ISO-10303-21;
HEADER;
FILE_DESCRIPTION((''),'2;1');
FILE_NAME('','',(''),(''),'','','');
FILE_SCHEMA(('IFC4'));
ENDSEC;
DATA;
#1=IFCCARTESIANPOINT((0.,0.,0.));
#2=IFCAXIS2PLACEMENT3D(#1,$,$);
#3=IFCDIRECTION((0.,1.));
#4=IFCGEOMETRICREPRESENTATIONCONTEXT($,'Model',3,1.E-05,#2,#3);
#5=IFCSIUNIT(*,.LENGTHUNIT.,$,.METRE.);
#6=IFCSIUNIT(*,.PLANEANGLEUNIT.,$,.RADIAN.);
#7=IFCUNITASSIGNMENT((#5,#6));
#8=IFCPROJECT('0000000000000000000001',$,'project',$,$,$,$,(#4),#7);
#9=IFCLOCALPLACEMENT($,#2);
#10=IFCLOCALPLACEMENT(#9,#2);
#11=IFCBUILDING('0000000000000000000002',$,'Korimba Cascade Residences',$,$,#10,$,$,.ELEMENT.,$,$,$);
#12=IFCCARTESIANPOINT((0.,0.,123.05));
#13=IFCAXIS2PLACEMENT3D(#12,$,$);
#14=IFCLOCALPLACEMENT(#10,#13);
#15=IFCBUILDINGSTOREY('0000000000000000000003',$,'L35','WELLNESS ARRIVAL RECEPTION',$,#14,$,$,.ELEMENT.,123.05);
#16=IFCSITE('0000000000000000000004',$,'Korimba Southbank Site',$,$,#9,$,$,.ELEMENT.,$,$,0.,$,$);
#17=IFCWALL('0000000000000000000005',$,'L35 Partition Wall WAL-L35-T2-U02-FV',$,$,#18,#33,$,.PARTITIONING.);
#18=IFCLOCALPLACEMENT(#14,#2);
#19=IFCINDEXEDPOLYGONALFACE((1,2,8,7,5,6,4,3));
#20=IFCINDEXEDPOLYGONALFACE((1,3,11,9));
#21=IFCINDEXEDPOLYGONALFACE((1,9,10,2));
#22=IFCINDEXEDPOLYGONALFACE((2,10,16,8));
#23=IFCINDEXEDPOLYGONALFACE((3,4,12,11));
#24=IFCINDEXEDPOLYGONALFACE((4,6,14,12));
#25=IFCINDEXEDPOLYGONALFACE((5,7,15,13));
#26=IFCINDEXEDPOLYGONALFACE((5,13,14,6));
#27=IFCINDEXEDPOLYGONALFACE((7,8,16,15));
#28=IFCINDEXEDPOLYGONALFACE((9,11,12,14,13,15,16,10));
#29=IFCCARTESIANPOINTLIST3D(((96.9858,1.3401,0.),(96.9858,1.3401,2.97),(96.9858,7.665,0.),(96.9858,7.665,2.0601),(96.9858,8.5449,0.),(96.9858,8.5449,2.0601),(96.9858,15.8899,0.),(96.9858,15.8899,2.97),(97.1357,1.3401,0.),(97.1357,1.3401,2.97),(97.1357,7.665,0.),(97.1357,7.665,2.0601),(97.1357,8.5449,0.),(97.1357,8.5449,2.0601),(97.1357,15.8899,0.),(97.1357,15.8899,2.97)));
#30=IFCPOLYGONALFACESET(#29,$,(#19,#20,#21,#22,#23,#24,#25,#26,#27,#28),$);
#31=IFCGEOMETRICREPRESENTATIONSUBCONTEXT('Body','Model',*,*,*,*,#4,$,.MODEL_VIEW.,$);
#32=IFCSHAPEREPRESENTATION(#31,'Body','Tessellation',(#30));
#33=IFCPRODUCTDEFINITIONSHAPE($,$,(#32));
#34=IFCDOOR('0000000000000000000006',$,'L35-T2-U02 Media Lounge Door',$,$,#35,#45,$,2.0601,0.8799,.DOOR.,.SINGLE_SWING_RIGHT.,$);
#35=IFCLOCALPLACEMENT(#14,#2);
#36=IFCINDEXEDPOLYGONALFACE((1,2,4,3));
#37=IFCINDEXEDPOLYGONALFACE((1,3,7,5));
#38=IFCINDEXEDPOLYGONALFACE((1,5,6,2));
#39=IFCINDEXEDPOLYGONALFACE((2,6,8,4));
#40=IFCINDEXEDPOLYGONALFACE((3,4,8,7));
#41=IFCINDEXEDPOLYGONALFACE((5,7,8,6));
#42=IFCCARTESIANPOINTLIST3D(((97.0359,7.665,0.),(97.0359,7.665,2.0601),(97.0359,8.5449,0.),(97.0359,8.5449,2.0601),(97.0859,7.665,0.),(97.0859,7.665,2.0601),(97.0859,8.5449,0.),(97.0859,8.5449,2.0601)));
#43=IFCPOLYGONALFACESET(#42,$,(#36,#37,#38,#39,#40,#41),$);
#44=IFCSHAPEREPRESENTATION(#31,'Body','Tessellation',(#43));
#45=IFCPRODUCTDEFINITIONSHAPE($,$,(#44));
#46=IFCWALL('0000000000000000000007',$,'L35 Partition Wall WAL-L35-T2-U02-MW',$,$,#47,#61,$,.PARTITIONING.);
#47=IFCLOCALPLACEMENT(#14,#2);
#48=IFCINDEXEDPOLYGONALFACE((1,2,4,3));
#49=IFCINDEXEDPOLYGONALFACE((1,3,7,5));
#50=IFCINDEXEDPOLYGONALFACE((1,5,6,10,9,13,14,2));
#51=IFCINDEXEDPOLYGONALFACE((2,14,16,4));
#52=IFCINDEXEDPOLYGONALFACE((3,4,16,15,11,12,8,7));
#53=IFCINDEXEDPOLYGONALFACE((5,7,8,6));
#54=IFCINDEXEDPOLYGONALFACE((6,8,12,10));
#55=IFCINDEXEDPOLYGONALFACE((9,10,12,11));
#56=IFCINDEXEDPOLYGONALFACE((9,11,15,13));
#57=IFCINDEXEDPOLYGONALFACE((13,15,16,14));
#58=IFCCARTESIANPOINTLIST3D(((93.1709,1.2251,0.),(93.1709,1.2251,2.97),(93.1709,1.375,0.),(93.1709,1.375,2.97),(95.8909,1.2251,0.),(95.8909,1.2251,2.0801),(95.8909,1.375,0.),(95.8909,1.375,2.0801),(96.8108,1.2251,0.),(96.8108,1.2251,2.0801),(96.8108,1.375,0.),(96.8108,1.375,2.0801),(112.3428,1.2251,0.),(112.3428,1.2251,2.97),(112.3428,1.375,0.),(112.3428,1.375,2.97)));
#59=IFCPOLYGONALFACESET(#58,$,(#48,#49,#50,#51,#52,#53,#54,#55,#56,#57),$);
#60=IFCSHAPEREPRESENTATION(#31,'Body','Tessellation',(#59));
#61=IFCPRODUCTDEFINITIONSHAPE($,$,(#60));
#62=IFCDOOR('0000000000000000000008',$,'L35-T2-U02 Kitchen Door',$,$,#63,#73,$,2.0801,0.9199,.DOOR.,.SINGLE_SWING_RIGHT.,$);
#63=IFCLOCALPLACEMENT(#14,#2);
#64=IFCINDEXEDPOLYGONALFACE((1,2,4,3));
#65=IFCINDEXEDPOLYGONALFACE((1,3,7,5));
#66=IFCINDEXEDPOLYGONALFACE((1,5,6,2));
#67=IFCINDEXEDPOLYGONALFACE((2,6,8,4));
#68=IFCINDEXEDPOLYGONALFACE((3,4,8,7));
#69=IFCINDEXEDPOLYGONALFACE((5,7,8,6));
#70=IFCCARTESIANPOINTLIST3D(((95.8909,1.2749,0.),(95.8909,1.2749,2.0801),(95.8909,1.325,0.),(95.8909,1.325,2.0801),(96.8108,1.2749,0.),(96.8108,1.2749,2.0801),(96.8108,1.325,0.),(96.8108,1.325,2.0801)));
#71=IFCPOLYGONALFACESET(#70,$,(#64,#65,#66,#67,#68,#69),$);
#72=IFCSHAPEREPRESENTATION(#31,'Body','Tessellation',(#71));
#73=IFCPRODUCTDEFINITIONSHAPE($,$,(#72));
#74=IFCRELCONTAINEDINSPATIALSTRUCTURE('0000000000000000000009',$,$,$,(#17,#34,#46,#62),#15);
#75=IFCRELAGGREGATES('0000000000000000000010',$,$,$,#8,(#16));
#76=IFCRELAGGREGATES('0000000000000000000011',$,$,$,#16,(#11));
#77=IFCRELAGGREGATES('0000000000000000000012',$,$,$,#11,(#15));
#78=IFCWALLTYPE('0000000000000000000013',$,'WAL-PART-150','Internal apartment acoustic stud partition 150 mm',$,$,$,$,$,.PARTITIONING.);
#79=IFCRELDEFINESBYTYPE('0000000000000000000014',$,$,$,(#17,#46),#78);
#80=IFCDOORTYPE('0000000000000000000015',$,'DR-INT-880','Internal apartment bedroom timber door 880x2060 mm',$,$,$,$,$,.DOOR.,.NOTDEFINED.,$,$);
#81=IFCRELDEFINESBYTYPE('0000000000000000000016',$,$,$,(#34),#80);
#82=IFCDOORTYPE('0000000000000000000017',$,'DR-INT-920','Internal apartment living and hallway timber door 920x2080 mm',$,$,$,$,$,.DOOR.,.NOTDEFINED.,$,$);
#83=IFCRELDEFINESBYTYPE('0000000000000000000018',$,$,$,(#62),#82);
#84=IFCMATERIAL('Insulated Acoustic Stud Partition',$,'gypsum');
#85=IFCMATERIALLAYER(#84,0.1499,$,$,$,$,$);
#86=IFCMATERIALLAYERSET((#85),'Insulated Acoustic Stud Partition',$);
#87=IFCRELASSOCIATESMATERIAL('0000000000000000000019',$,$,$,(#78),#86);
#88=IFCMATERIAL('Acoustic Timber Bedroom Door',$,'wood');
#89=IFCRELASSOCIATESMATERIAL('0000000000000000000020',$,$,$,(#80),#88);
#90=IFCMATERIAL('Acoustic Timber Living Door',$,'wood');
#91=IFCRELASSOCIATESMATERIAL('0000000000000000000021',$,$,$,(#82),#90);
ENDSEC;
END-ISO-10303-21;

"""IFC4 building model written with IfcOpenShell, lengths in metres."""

from ifc_helpers import new_model, si_unit, direction, frame, frame_2d, origin, place, context, subcontext, project, spatial, rectangle, extrude, material, layer, layer_set, type_object, element, fill, save


model = new_model("IFC4")

# Units and contexts
model_context = context("Model", 3, precision=1e-05, world=origin(), true_north=direction((0.0, 1.0)))
body_context = subcontext(model_context, "Body", "Model", "MODEL_VIEW")
ifc_project = project(units=[si_unit("LENGTHUNIT", "METRE"), si_unit("PLANEANGLEUNIT", "RADIAN")], contexts=[model_context])

# Site, building, storey
site_placement = place(None, origin())
site = spatial("IfcSite", under=ifc_project, at=site_placement, Name="Korimba Southbank Site", CompositionType="ELEMENT", RefElevation=0.0)
building_placement = place(site_placement, origin())
building = spatial("IfcBuilding", under=site, at=building_placement, Name="Korimba Cascade Residences", CompositionType="ELEMENT")
storey_placement = place(building_placement, frame((0.0, 0.0, 123.05)))
storey = spatial("IfcBuildingStorey", under=building, at=storey_placement, Name="L35", Description="WELLNESS ARRIVAL RECEPTION", CompositionType="ELEMENT", Elevation=123.05)

# Shared definitions
ifc_material_1 = material(Name="Insulated Acoustic Stud Partition", Category="gypsum")
ifc_layer_1 = layer(ifc_material_1, 0.1499)
ifc_layer_set_1 = layer_set([ifc_layer_1], Name="Insulated Acoustic Stud Partition")
wall_type_1 = type_object("IfcWallType", Name="WAL-PART-150", Description="Internal apartment acoustic stud partition 150 mm", PredefinedType="PARTITIONING", material=ifc_layer_set_1)

# Walls, openings, doors
ifc_material_2 = material(Name="Acoustic Timber Bedroom Door", Category="wood")
door_type_1 = type_object("IfcDoorType", Name="DR-INT-880", Description="Internal apartment bedroom timber door 880x2060 mm", OperationType="NOTDEFINED", PredefinedType="DOOR", material=ifc_material_2)
wall_1_placement = place(storey_placement, frame((97.0608, 1.3401, 0.0), z_axis=(0.0, 0.0, 1.0), x_axis=(0.0, 1.0, 0.0)))
wall_1 = element("IfcWall", 1, at=wall_1_placement, inside=storey, type_object=wall_type_1, Name="L35 Partition Wall WAL-L35-T2-U02-FV", PredefinedType="PARTITIONING", context=body_context, shape_type="SweptSolid", body=[
    extrude(rectangle(XDim=14.5498, YDim=0.1499, at=frame_2d((7.2749, 0.0))), origin(), (0.0, 0.0, 1.0), 2.97),
])
opening_1_placement = place(wall_1_placement, frame((6.325, 0.0, 0.0)))
opening_1 = element("IfcOpeningElement", 2, at=opening_1_placement, cuts=wall_1, PredefinedType="OPENING", context=body_context, shape_type="SweptSolid", body=[
    extrude(rectangle(XDim=0.8799, YDim=2.0601, at=frame_2d((0.4399, 1.03))), frame((0.0, 0.085, 0.0), z_axis=(0.0, -1.0, 0.0), x_axis=(1.0, 0.0, 0.0)), (0.0, 0.0, 1.0), 0.1699),
])
door_1_placement = place(opening_1_placement, origin())
door_1 = element("IfcDoor", 3, at=door_1_placement, inside=storey, type_object=door_type_1, Name="L35-T2-U02 Media Lounge Door", OperationType="SINGLE_SWING_RIGHT", OverallHeight=2.0601, OverallWidth=0.8799, PredefinedType="DOOR", context=body_context, shape_type="SweptSolid", body=[
    extrude(rectangle(XDim=0.8799, YDim=2.0601, at=frame_2d((0.4399, 1.03))), frame((0.0, 0.0249, 0.0), z_axis=(0.0, -1.0, 0.0), x_axis=(1.0, 0.0, 0.0)), (0.0, 0.0, 1.0), 0.05),
])
fill(opening_1, door_1)
wall_2_placement = place(storey_placement, frame((93.1709, 1.3, 0.0), z_axis=(0.0, 0.0, 1.0), x_axis=(1.0, 0.0, 0.0)))
wall_2 = element("IfcWall", 4, at=wall_2_placement, inside=storey, type_object=wall_type_1, Name="L35 Partition Wall WAL-L35-T2-U02-MW", PredefinedType="PARTITIONING", context=body_context, shape_type="SweptSolid", body=[
    extrude(rectangle(XDim=19.1719, YDim=0.1499, at=frame_2d((9.5859, 0.0))), origin(), (0.0, 0.0, 1.0), 2.97),
])
opening_2_placement = place(wall_2_placement, frame((2.72, 0.0, 0.0)))
opening_2 = element("IfcOpeningElement", 5, at=opening_2_placement, cuts=wall_2, PredefinedType="OPENING", context=body_context, shape_type="SweptSolid", body=[
    extrude(rectangle(XDim=0.9199, YDim=2.0801, at=frame_2d((0.46, 1.04))), frame((0.0, 0.085, 0.0), z_axis=(0.0, -1.0, 0.0), x_axis=(1.0, 0.0, 0.0)), (0.0, 0.0, 1.0), 0.1699),
])
ifc_material_3 = material(Name="Acoustic Timber Living Door", Category="wood")
door_type_2 = type_object("IfcDoorType", Name="DR-INT-920", Description="Internal apartment living and hallway timber door 920x2080 mm", OperationType="NOTDEFINED", PredefinedType="DOOR", material=ifc_material_3)
door_2_placement = place(opening_2_placement, origin())
door_2 = element("IfcDoor", 6, at=door_2_placement, inside=storey, type_object=door_type_2, Name="L35-T2-U02 Kitchen Door", OperationType="SINGLE_SWING_RIGHT", OverallHeight=2.0801, OverallWidth=0.9199, PredefinedType="DOOR", context=body_context, shape_type="SweptSolid", body=[
    extrude(rectangle(XDim=0.9199, YDim=2.0801, at=frame_2d((0.46, 1.04))), frame((0.0, 0.0249, 0.0), z_axis=(0.0, -1.0, 0.0), x_axis=(1.0, 0.0, 0.0)), (0.0, 0.0, 1.0), 0.05),
])
fill(opening_2, door_2)

save(model, "model.ifc")
